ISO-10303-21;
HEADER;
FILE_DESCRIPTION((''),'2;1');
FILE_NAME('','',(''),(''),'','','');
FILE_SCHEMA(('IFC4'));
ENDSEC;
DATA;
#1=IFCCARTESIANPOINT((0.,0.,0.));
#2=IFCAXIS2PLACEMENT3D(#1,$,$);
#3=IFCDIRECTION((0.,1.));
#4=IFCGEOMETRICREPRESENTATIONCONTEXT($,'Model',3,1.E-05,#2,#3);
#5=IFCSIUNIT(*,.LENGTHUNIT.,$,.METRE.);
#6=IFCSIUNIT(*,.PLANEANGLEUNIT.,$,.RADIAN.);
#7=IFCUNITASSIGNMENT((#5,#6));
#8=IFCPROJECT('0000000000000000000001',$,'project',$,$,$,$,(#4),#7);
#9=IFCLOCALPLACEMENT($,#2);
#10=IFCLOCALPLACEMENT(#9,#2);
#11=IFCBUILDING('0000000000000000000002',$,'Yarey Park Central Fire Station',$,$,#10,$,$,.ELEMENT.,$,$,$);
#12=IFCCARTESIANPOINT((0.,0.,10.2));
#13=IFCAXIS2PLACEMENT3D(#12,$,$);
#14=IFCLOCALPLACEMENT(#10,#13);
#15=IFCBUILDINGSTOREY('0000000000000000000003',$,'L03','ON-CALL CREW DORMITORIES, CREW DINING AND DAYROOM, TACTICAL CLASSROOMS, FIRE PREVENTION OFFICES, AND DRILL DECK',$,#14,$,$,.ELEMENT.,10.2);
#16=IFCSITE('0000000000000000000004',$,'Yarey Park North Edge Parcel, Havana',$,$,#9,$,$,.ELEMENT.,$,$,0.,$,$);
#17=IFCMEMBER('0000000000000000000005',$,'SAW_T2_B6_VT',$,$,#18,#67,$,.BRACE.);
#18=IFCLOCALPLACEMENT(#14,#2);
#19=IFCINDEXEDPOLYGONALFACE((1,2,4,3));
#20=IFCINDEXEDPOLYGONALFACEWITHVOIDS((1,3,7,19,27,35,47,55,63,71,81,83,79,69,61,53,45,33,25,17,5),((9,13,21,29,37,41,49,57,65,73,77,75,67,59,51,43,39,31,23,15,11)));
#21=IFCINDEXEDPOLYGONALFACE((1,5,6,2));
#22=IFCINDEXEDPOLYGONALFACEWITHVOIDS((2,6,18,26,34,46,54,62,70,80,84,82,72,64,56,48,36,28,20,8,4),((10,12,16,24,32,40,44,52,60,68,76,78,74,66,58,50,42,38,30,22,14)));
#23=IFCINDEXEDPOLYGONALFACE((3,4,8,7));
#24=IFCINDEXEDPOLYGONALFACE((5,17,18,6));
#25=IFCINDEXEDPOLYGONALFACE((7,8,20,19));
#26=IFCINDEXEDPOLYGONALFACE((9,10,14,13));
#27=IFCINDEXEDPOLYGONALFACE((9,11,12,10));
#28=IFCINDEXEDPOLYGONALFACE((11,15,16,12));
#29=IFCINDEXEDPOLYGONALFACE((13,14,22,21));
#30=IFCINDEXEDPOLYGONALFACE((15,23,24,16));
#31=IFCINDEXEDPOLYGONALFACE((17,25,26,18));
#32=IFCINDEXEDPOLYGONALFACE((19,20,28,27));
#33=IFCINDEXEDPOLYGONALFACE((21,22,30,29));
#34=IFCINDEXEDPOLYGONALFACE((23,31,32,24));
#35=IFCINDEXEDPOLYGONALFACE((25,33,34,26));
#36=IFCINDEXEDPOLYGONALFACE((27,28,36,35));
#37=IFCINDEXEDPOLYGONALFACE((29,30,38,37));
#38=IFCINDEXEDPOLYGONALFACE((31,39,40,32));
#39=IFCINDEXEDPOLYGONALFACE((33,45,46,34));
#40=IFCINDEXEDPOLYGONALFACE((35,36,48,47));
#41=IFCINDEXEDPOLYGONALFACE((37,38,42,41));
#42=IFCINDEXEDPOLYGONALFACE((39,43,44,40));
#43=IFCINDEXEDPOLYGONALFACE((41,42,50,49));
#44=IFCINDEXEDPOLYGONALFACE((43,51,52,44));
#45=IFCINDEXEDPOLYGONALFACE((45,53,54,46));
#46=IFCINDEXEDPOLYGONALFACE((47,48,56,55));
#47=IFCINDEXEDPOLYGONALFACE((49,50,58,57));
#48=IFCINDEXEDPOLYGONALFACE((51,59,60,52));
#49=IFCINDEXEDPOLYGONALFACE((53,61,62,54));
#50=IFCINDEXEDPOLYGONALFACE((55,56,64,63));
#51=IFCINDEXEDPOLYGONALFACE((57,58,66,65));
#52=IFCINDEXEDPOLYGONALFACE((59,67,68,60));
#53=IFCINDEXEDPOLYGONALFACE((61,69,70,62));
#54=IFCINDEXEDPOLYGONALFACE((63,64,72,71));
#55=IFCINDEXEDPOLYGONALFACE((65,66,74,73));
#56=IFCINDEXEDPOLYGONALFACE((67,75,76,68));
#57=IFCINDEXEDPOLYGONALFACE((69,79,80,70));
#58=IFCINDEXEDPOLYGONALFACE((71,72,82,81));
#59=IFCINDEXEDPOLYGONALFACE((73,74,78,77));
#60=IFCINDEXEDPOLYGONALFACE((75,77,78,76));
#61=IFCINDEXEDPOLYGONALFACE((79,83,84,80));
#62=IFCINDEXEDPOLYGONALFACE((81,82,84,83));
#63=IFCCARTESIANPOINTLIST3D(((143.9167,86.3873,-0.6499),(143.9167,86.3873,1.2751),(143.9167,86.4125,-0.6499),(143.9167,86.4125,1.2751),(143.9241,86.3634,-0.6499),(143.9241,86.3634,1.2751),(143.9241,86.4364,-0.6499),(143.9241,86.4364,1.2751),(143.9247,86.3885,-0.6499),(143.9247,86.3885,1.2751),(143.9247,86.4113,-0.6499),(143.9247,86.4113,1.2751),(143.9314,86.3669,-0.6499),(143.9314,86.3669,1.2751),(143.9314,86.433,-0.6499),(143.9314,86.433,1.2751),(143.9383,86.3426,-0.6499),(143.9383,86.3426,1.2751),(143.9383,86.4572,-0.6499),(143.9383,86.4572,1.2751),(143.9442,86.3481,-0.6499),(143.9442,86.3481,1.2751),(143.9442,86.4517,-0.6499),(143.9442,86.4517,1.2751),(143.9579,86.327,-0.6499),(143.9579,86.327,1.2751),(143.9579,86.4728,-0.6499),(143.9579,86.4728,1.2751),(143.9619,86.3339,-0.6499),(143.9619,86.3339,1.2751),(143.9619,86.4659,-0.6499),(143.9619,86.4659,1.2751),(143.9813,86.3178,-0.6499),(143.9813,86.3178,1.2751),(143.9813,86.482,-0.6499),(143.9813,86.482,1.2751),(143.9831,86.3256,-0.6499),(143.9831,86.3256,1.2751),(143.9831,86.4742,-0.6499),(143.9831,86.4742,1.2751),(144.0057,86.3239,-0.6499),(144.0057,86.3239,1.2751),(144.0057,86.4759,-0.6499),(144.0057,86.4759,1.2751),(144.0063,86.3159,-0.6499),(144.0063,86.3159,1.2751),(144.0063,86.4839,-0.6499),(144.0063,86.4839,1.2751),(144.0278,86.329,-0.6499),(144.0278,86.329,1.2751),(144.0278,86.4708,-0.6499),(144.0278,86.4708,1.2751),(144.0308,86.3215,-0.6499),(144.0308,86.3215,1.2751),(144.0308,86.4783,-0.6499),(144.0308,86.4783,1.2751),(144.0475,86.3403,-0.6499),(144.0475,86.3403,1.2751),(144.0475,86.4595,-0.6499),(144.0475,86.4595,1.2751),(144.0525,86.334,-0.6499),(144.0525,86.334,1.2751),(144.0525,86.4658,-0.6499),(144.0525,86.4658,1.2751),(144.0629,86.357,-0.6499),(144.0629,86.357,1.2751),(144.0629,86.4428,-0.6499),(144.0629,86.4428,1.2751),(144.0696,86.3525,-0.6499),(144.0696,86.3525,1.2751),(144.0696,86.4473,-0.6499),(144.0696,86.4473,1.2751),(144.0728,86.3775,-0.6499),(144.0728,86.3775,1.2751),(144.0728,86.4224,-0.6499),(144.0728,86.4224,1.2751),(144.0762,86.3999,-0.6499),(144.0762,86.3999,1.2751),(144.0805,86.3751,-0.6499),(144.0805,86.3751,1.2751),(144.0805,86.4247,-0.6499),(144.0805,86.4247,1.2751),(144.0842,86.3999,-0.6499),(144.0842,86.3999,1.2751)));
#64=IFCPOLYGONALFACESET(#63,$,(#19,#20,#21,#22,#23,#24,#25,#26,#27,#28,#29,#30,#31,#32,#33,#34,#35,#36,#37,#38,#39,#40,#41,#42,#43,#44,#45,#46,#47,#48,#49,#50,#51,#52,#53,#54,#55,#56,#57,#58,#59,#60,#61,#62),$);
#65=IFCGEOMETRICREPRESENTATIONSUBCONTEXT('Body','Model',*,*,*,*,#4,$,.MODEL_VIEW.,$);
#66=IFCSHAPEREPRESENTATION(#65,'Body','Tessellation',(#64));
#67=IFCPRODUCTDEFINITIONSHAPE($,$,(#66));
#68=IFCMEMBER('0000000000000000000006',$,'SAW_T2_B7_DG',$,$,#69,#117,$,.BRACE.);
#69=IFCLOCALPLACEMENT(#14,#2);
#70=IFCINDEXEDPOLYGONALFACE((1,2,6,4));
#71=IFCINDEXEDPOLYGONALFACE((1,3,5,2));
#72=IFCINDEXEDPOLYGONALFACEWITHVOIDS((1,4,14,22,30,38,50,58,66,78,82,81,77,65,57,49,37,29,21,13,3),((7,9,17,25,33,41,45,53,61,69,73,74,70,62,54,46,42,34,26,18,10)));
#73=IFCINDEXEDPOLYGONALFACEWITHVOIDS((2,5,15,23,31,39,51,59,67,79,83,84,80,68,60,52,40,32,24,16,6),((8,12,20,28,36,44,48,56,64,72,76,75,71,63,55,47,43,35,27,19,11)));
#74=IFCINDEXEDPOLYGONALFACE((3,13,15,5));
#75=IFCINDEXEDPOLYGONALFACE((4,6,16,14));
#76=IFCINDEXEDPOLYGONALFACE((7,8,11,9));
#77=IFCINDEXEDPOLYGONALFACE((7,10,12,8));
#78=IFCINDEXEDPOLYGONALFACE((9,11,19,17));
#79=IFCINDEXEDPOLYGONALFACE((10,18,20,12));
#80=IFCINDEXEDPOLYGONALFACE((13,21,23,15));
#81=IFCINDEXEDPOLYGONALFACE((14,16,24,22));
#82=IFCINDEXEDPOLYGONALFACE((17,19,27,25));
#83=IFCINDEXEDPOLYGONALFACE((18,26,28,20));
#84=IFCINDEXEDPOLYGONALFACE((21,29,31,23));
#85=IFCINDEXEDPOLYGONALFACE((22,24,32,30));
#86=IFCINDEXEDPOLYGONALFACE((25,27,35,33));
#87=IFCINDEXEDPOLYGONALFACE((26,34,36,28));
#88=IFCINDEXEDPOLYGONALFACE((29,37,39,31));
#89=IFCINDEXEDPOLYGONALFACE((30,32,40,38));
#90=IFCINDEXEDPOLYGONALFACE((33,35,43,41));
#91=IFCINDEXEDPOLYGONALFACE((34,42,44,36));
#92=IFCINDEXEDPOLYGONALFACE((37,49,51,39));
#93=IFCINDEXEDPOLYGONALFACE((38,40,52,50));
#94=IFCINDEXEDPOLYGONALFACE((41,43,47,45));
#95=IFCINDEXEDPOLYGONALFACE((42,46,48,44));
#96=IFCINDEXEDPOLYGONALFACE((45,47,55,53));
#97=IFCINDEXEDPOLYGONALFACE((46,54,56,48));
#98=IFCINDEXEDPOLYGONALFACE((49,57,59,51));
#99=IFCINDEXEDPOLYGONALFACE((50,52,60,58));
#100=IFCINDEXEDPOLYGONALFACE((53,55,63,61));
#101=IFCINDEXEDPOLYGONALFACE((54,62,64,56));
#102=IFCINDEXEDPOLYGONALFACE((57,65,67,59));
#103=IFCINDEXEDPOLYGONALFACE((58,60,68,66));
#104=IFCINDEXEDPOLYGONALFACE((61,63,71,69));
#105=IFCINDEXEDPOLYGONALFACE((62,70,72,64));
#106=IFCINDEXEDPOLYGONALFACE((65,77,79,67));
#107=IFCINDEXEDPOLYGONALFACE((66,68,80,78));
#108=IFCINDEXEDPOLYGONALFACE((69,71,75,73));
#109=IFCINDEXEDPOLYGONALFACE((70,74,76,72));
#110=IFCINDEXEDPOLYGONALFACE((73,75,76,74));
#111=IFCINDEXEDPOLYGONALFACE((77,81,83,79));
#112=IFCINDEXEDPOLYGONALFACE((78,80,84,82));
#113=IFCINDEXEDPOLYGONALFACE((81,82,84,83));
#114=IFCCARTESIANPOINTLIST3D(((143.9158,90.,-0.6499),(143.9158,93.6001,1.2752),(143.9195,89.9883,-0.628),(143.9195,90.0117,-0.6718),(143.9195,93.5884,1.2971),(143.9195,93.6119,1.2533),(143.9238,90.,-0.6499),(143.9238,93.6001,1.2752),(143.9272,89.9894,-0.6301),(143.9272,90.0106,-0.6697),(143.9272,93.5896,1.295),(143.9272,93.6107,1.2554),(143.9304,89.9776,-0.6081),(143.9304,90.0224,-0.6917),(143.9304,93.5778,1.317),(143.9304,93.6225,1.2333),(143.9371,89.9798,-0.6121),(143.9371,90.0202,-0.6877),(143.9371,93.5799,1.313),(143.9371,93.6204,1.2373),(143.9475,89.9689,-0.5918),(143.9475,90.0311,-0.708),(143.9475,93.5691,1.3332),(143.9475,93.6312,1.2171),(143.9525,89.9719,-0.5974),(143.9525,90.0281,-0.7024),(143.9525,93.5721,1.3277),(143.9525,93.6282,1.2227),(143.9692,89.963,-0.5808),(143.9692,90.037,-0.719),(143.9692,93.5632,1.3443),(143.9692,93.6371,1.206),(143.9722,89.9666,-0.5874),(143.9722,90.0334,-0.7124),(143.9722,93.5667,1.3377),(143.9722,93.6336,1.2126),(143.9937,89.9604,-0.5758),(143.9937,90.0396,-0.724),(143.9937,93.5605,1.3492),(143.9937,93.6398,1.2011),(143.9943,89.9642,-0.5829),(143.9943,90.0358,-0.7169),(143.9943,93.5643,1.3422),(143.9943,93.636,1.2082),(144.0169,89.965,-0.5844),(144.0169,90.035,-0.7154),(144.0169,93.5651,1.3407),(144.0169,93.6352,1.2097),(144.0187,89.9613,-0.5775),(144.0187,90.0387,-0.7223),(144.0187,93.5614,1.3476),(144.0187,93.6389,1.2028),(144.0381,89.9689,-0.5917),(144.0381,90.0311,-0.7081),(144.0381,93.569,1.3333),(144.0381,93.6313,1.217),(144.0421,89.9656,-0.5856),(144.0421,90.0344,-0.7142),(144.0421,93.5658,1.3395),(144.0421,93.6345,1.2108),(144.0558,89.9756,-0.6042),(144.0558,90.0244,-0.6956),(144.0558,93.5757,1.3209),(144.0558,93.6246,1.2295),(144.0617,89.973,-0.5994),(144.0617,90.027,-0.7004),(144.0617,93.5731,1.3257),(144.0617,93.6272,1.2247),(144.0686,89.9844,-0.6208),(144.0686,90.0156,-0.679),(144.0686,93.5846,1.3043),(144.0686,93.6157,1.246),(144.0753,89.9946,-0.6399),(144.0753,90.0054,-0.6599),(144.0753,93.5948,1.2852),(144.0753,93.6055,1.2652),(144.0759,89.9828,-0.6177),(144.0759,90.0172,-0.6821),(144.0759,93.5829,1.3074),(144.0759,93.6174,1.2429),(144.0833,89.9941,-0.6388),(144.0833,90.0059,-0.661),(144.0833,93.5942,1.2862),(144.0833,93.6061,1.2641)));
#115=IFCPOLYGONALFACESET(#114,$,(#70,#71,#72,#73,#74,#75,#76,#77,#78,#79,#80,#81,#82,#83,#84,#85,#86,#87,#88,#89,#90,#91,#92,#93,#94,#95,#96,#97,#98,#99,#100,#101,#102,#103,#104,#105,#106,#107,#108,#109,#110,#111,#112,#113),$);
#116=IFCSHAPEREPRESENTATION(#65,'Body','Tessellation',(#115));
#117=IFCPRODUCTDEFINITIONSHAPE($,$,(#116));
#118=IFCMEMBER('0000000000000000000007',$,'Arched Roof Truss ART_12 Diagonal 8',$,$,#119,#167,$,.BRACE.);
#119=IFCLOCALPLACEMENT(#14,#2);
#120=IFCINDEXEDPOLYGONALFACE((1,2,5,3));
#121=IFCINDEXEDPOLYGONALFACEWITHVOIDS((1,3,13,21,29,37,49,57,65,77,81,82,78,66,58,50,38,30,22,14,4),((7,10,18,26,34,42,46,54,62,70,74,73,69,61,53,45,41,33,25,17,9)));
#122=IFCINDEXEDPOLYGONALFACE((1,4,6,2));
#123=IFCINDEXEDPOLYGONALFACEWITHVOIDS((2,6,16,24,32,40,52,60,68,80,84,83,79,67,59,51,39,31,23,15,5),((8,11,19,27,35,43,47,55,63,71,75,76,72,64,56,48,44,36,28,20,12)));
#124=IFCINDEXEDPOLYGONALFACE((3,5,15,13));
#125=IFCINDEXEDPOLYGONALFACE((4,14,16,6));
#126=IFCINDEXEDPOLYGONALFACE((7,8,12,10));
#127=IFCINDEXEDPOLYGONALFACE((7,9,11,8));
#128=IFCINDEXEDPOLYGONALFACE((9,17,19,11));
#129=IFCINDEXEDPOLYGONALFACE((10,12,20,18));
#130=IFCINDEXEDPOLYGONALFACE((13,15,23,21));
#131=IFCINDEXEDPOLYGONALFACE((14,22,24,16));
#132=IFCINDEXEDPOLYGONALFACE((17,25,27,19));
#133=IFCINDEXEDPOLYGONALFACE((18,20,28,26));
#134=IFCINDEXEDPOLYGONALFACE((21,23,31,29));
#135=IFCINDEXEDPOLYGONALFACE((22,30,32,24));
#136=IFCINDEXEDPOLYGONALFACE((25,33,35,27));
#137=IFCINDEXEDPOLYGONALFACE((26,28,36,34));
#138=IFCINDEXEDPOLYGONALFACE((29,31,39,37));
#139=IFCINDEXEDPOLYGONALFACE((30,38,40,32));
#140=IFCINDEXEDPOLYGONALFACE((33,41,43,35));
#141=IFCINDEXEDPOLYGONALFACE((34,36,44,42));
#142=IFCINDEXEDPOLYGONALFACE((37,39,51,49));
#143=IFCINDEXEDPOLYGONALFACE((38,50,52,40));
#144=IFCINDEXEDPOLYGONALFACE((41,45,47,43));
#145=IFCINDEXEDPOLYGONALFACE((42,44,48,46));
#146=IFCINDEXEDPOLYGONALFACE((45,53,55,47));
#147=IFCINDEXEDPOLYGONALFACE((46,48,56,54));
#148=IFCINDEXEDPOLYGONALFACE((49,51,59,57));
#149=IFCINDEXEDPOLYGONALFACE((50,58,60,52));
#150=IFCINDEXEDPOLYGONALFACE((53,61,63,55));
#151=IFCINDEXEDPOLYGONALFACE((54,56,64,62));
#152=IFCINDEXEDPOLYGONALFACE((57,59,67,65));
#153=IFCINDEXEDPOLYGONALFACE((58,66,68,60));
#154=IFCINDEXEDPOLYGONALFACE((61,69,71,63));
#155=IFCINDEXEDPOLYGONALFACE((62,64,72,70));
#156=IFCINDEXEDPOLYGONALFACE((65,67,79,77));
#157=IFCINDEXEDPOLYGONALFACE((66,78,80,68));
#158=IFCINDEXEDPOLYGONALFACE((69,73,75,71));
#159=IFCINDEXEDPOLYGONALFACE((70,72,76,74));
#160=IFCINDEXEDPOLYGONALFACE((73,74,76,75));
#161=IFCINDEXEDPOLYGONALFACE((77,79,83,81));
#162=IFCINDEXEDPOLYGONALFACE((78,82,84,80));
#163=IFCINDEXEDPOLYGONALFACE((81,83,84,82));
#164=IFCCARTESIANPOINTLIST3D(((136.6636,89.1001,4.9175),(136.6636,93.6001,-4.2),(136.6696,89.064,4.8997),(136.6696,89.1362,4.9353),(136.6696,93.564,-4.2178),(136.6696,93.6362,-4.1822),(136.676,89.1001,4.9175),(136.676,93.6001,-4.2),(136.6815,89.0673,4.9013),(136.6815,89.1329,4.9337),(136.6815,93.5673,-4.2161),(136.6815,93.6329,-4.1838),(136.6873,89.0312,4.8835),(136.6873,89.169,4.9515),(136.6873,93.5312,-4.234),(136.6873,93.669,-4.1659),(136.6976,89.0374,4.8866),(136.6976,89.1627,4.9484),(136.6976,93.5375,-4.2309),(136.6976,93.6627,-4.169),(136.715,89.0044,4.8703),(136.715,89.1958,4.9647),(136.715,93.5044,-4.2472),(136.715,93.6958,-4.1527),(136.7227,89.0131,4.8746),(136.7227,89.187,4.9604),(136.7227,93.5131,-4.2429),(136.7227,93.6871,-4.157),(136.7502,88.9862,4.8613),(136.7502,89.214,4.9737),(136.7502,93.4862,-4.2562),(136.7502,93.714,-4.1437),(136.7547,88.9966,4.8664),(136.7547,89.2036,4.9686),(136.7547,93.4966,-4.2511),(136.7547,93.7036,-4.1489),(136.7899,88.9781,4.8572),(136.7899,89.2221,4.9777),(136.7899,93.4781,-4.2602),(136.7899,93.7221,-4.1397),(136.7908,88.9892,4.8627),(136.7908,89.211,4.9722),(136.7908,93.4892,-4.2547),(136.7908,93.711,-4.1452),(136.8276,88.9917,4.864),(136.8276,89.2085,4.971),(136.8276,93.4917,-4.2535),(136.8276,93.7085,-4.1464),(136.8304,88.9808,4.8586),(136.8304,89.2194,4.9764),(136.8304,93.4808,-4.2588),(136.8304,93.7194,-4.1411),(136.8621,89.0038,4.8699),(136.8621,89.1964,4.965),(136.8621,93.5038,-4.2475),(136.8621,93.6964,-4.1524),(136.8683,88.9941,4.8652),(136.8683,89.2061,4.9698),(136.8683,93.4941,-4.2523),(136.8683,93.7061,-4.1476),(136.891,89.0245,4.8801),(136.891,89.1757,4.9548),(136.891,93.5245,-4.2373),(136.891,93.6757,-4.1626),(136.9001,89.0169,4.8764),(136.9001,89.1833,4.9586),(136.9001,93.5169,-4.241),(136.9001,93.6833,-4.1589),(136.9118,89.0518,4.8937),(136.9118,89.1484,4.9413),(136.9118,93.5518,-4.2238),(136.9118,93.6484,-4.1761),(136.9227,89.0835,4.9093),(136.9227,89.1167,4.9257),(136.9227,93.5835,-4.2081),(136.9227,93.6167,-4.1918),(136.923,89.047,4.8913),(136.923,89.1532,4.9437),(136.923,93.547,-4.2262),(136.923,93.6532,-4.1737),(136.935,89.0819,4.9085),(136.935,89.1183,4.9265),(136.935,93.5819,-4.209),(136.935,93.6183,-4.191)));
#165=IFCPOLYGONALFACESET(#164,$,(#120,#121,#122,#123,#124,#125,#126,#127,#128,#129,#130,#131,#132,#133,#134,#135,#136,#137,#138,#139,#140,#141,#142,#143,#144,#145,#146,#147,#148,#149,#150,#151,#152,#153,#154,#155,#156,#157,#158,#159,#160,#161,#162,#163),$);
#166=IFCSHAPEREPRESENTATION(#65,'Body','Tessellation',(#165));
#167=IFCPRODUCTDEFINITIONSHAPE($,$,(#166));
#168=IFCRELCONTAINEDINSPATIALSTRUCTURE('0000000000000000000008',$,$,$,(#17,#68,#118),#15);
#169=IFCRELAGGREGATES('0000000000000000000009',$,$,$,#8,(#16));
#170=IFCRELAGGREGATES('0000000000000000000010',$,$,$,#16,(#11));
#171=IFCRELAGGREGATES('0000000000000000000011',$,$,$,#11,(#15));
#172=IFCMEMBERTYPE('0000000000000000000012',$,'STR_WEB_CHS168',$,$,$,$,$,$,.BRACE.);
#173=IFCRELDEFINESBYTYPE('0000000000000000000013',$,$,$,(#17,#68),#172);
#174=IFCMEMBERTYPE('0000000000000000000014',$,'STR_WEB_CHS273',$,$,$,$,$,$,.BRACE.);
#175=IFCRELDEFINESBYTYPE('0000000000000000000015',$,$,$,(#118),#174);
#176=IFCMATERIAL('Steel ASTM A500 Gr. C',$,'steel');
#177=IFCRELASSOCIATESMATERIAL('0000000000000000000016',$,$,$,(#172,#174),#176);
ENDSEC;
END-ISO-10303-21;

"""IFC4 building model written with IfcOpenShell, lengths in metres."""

from ifc_helpers import new_model, si_unit, direction, frame, origin, origin_2d, place, context, subcontext, project, spatial, hollow_circle, extrude, material, material_profile, profile_set, type_object, element, save


model = new_model("IFC4")

# Units and contexts
model_context = context("Model", 3, precision=1e-05, world=origin(), true_north=direction((0.0, 1.0)))
body_context = subcontext(model_context, "Body", "Model", "MODEL_VIEW")
ifc_project = project(units=[si_unit("LENGTHUNIT", "METRE"), si_unit("PLANEANGLEUNIT", "RADIAN")], contexts=[model_context])

# Site, building, storey
site_placement = place(None, origin())
site = spatial("IfcSite", under=ifc_project, at=site_placement, Name="Yarey Park North Edge Parcel, Havana", CompositionType="ELEMENT", RefElevation=0.0)
building_placement = place(site_placement, origin())
building = spatial("IfcBuilding", under=site, at=building_placement, Name="Yarey Park Central Fire Station", CompositionType="ELEMENT")
storey_placement = place(building_placement, frame((0.0, 0.0, 10.2)))
storey = spatial("IfcBuildingStorey", under=building, at=storey_placement, Name="L03", Description="ON-CALL CREW DORMITORIES, CREW DINING AND DAYROOM, TACTICAL CLASSROOMS, FIRE PREVENTION OFFICES, AND DRILL DECK", CompositionType="ELEMENT", Elevation=10.2)

# Shared definitions
ifc_material_1 = material(Name="Steel ASTM A500 Gr. C", Category="steel")

# Members
ifc_material_profile_1 = material_profile(ifc_material_1, hollow_circle(Radius=0.0842, WallThickness=0.0081, at=origin_2d()), Name="CHS 168.3x8")
ifc_profile_set_1 = profile_set([ifc_material_profile_1], Name="Steel ASTM A500 Gr. C")
member_type_1 = type_object("IfcMemberType", Name="STR_WEB_CHS168", PredefinedType="BRACE", material=ifc_profile_set_1)
member_1_placement = place(storey_placement, frame((144.0, 86.3999, -0.6499), z_axis=(0.0, 0.0, 1.0), x_axis=(1.0, 0.0, 0.0)))
element("IfcMember", 1, at=member_1_placement, inside=storey, type_object=member_type_1, Name="SAW_T2_B6_VT", PredefinedType="BRACE", context=body_context, shape_type="SweptSolid", body=[
    extrude(hollow_circle(Radius=0.0842, WallThickness=0.0081, at=origin_2d()), origin(), (0.0, 0.0, 1.0), 1.925),
])
member_2_placement = place(storey_placement, frame((144.0, 90.0, -0.6499), z_axis=(0.0, 0.881844, 0.471541), x_axis=(-1.0, 0.0, 0.0)))
element("IfcMember", 2, at=member_2_placement, inside=storey, type_object=member_type_1, Name="SAW_T2_B7_DG", PredefinedType="BRACE", context=body_context, shape_type="SweptSolid", body=[
    extrude(hollow_circle(Radius=0.0842, WallThickness=0.0081, at=origin_2d()), origin(), (0.0, 0.0, 1.0), 4.0825),
])
ifc_material_profile_2 = material_profile(ifc_material_1, hollow_circle(Radius=0.1365, WallThickness=0.0125, at=origin_2d()), Name="CHS 273x12.5")
ifc_profile_set_2 = profile_set([ifc_material_profile_2], Name="Steel ASTM A500 Gr. C")
member_type_2 = type_object("IfcMemberType", Name="STR_WEB_CHS273", PredefinedType="BRACE", material=ifc_profile_set_2)
member_3_placement = place(storey_placement, frame((136.8, 89.1001, 4.9175), z_axis=(0.0, 0.442588, -0.896725), x_axis=(-1.0, 0.0, 0.0)))
element("IfcMember", 3, at=member_3_placement, inside=storey, type_object=member_type_2, Name="Arched Roof Truss ART_12 Diagonal 8", PredefinedType="BRACE", context=body_context, shape_type="SweptSolid", body=[
    extrude(hollow_circle(Radius=0.1365, WallThickness=0.0125, at=origin_2d()), origin(), (0.0, 0.0, 1.0), 10.1675),
])

save(model, "model.ifc")
